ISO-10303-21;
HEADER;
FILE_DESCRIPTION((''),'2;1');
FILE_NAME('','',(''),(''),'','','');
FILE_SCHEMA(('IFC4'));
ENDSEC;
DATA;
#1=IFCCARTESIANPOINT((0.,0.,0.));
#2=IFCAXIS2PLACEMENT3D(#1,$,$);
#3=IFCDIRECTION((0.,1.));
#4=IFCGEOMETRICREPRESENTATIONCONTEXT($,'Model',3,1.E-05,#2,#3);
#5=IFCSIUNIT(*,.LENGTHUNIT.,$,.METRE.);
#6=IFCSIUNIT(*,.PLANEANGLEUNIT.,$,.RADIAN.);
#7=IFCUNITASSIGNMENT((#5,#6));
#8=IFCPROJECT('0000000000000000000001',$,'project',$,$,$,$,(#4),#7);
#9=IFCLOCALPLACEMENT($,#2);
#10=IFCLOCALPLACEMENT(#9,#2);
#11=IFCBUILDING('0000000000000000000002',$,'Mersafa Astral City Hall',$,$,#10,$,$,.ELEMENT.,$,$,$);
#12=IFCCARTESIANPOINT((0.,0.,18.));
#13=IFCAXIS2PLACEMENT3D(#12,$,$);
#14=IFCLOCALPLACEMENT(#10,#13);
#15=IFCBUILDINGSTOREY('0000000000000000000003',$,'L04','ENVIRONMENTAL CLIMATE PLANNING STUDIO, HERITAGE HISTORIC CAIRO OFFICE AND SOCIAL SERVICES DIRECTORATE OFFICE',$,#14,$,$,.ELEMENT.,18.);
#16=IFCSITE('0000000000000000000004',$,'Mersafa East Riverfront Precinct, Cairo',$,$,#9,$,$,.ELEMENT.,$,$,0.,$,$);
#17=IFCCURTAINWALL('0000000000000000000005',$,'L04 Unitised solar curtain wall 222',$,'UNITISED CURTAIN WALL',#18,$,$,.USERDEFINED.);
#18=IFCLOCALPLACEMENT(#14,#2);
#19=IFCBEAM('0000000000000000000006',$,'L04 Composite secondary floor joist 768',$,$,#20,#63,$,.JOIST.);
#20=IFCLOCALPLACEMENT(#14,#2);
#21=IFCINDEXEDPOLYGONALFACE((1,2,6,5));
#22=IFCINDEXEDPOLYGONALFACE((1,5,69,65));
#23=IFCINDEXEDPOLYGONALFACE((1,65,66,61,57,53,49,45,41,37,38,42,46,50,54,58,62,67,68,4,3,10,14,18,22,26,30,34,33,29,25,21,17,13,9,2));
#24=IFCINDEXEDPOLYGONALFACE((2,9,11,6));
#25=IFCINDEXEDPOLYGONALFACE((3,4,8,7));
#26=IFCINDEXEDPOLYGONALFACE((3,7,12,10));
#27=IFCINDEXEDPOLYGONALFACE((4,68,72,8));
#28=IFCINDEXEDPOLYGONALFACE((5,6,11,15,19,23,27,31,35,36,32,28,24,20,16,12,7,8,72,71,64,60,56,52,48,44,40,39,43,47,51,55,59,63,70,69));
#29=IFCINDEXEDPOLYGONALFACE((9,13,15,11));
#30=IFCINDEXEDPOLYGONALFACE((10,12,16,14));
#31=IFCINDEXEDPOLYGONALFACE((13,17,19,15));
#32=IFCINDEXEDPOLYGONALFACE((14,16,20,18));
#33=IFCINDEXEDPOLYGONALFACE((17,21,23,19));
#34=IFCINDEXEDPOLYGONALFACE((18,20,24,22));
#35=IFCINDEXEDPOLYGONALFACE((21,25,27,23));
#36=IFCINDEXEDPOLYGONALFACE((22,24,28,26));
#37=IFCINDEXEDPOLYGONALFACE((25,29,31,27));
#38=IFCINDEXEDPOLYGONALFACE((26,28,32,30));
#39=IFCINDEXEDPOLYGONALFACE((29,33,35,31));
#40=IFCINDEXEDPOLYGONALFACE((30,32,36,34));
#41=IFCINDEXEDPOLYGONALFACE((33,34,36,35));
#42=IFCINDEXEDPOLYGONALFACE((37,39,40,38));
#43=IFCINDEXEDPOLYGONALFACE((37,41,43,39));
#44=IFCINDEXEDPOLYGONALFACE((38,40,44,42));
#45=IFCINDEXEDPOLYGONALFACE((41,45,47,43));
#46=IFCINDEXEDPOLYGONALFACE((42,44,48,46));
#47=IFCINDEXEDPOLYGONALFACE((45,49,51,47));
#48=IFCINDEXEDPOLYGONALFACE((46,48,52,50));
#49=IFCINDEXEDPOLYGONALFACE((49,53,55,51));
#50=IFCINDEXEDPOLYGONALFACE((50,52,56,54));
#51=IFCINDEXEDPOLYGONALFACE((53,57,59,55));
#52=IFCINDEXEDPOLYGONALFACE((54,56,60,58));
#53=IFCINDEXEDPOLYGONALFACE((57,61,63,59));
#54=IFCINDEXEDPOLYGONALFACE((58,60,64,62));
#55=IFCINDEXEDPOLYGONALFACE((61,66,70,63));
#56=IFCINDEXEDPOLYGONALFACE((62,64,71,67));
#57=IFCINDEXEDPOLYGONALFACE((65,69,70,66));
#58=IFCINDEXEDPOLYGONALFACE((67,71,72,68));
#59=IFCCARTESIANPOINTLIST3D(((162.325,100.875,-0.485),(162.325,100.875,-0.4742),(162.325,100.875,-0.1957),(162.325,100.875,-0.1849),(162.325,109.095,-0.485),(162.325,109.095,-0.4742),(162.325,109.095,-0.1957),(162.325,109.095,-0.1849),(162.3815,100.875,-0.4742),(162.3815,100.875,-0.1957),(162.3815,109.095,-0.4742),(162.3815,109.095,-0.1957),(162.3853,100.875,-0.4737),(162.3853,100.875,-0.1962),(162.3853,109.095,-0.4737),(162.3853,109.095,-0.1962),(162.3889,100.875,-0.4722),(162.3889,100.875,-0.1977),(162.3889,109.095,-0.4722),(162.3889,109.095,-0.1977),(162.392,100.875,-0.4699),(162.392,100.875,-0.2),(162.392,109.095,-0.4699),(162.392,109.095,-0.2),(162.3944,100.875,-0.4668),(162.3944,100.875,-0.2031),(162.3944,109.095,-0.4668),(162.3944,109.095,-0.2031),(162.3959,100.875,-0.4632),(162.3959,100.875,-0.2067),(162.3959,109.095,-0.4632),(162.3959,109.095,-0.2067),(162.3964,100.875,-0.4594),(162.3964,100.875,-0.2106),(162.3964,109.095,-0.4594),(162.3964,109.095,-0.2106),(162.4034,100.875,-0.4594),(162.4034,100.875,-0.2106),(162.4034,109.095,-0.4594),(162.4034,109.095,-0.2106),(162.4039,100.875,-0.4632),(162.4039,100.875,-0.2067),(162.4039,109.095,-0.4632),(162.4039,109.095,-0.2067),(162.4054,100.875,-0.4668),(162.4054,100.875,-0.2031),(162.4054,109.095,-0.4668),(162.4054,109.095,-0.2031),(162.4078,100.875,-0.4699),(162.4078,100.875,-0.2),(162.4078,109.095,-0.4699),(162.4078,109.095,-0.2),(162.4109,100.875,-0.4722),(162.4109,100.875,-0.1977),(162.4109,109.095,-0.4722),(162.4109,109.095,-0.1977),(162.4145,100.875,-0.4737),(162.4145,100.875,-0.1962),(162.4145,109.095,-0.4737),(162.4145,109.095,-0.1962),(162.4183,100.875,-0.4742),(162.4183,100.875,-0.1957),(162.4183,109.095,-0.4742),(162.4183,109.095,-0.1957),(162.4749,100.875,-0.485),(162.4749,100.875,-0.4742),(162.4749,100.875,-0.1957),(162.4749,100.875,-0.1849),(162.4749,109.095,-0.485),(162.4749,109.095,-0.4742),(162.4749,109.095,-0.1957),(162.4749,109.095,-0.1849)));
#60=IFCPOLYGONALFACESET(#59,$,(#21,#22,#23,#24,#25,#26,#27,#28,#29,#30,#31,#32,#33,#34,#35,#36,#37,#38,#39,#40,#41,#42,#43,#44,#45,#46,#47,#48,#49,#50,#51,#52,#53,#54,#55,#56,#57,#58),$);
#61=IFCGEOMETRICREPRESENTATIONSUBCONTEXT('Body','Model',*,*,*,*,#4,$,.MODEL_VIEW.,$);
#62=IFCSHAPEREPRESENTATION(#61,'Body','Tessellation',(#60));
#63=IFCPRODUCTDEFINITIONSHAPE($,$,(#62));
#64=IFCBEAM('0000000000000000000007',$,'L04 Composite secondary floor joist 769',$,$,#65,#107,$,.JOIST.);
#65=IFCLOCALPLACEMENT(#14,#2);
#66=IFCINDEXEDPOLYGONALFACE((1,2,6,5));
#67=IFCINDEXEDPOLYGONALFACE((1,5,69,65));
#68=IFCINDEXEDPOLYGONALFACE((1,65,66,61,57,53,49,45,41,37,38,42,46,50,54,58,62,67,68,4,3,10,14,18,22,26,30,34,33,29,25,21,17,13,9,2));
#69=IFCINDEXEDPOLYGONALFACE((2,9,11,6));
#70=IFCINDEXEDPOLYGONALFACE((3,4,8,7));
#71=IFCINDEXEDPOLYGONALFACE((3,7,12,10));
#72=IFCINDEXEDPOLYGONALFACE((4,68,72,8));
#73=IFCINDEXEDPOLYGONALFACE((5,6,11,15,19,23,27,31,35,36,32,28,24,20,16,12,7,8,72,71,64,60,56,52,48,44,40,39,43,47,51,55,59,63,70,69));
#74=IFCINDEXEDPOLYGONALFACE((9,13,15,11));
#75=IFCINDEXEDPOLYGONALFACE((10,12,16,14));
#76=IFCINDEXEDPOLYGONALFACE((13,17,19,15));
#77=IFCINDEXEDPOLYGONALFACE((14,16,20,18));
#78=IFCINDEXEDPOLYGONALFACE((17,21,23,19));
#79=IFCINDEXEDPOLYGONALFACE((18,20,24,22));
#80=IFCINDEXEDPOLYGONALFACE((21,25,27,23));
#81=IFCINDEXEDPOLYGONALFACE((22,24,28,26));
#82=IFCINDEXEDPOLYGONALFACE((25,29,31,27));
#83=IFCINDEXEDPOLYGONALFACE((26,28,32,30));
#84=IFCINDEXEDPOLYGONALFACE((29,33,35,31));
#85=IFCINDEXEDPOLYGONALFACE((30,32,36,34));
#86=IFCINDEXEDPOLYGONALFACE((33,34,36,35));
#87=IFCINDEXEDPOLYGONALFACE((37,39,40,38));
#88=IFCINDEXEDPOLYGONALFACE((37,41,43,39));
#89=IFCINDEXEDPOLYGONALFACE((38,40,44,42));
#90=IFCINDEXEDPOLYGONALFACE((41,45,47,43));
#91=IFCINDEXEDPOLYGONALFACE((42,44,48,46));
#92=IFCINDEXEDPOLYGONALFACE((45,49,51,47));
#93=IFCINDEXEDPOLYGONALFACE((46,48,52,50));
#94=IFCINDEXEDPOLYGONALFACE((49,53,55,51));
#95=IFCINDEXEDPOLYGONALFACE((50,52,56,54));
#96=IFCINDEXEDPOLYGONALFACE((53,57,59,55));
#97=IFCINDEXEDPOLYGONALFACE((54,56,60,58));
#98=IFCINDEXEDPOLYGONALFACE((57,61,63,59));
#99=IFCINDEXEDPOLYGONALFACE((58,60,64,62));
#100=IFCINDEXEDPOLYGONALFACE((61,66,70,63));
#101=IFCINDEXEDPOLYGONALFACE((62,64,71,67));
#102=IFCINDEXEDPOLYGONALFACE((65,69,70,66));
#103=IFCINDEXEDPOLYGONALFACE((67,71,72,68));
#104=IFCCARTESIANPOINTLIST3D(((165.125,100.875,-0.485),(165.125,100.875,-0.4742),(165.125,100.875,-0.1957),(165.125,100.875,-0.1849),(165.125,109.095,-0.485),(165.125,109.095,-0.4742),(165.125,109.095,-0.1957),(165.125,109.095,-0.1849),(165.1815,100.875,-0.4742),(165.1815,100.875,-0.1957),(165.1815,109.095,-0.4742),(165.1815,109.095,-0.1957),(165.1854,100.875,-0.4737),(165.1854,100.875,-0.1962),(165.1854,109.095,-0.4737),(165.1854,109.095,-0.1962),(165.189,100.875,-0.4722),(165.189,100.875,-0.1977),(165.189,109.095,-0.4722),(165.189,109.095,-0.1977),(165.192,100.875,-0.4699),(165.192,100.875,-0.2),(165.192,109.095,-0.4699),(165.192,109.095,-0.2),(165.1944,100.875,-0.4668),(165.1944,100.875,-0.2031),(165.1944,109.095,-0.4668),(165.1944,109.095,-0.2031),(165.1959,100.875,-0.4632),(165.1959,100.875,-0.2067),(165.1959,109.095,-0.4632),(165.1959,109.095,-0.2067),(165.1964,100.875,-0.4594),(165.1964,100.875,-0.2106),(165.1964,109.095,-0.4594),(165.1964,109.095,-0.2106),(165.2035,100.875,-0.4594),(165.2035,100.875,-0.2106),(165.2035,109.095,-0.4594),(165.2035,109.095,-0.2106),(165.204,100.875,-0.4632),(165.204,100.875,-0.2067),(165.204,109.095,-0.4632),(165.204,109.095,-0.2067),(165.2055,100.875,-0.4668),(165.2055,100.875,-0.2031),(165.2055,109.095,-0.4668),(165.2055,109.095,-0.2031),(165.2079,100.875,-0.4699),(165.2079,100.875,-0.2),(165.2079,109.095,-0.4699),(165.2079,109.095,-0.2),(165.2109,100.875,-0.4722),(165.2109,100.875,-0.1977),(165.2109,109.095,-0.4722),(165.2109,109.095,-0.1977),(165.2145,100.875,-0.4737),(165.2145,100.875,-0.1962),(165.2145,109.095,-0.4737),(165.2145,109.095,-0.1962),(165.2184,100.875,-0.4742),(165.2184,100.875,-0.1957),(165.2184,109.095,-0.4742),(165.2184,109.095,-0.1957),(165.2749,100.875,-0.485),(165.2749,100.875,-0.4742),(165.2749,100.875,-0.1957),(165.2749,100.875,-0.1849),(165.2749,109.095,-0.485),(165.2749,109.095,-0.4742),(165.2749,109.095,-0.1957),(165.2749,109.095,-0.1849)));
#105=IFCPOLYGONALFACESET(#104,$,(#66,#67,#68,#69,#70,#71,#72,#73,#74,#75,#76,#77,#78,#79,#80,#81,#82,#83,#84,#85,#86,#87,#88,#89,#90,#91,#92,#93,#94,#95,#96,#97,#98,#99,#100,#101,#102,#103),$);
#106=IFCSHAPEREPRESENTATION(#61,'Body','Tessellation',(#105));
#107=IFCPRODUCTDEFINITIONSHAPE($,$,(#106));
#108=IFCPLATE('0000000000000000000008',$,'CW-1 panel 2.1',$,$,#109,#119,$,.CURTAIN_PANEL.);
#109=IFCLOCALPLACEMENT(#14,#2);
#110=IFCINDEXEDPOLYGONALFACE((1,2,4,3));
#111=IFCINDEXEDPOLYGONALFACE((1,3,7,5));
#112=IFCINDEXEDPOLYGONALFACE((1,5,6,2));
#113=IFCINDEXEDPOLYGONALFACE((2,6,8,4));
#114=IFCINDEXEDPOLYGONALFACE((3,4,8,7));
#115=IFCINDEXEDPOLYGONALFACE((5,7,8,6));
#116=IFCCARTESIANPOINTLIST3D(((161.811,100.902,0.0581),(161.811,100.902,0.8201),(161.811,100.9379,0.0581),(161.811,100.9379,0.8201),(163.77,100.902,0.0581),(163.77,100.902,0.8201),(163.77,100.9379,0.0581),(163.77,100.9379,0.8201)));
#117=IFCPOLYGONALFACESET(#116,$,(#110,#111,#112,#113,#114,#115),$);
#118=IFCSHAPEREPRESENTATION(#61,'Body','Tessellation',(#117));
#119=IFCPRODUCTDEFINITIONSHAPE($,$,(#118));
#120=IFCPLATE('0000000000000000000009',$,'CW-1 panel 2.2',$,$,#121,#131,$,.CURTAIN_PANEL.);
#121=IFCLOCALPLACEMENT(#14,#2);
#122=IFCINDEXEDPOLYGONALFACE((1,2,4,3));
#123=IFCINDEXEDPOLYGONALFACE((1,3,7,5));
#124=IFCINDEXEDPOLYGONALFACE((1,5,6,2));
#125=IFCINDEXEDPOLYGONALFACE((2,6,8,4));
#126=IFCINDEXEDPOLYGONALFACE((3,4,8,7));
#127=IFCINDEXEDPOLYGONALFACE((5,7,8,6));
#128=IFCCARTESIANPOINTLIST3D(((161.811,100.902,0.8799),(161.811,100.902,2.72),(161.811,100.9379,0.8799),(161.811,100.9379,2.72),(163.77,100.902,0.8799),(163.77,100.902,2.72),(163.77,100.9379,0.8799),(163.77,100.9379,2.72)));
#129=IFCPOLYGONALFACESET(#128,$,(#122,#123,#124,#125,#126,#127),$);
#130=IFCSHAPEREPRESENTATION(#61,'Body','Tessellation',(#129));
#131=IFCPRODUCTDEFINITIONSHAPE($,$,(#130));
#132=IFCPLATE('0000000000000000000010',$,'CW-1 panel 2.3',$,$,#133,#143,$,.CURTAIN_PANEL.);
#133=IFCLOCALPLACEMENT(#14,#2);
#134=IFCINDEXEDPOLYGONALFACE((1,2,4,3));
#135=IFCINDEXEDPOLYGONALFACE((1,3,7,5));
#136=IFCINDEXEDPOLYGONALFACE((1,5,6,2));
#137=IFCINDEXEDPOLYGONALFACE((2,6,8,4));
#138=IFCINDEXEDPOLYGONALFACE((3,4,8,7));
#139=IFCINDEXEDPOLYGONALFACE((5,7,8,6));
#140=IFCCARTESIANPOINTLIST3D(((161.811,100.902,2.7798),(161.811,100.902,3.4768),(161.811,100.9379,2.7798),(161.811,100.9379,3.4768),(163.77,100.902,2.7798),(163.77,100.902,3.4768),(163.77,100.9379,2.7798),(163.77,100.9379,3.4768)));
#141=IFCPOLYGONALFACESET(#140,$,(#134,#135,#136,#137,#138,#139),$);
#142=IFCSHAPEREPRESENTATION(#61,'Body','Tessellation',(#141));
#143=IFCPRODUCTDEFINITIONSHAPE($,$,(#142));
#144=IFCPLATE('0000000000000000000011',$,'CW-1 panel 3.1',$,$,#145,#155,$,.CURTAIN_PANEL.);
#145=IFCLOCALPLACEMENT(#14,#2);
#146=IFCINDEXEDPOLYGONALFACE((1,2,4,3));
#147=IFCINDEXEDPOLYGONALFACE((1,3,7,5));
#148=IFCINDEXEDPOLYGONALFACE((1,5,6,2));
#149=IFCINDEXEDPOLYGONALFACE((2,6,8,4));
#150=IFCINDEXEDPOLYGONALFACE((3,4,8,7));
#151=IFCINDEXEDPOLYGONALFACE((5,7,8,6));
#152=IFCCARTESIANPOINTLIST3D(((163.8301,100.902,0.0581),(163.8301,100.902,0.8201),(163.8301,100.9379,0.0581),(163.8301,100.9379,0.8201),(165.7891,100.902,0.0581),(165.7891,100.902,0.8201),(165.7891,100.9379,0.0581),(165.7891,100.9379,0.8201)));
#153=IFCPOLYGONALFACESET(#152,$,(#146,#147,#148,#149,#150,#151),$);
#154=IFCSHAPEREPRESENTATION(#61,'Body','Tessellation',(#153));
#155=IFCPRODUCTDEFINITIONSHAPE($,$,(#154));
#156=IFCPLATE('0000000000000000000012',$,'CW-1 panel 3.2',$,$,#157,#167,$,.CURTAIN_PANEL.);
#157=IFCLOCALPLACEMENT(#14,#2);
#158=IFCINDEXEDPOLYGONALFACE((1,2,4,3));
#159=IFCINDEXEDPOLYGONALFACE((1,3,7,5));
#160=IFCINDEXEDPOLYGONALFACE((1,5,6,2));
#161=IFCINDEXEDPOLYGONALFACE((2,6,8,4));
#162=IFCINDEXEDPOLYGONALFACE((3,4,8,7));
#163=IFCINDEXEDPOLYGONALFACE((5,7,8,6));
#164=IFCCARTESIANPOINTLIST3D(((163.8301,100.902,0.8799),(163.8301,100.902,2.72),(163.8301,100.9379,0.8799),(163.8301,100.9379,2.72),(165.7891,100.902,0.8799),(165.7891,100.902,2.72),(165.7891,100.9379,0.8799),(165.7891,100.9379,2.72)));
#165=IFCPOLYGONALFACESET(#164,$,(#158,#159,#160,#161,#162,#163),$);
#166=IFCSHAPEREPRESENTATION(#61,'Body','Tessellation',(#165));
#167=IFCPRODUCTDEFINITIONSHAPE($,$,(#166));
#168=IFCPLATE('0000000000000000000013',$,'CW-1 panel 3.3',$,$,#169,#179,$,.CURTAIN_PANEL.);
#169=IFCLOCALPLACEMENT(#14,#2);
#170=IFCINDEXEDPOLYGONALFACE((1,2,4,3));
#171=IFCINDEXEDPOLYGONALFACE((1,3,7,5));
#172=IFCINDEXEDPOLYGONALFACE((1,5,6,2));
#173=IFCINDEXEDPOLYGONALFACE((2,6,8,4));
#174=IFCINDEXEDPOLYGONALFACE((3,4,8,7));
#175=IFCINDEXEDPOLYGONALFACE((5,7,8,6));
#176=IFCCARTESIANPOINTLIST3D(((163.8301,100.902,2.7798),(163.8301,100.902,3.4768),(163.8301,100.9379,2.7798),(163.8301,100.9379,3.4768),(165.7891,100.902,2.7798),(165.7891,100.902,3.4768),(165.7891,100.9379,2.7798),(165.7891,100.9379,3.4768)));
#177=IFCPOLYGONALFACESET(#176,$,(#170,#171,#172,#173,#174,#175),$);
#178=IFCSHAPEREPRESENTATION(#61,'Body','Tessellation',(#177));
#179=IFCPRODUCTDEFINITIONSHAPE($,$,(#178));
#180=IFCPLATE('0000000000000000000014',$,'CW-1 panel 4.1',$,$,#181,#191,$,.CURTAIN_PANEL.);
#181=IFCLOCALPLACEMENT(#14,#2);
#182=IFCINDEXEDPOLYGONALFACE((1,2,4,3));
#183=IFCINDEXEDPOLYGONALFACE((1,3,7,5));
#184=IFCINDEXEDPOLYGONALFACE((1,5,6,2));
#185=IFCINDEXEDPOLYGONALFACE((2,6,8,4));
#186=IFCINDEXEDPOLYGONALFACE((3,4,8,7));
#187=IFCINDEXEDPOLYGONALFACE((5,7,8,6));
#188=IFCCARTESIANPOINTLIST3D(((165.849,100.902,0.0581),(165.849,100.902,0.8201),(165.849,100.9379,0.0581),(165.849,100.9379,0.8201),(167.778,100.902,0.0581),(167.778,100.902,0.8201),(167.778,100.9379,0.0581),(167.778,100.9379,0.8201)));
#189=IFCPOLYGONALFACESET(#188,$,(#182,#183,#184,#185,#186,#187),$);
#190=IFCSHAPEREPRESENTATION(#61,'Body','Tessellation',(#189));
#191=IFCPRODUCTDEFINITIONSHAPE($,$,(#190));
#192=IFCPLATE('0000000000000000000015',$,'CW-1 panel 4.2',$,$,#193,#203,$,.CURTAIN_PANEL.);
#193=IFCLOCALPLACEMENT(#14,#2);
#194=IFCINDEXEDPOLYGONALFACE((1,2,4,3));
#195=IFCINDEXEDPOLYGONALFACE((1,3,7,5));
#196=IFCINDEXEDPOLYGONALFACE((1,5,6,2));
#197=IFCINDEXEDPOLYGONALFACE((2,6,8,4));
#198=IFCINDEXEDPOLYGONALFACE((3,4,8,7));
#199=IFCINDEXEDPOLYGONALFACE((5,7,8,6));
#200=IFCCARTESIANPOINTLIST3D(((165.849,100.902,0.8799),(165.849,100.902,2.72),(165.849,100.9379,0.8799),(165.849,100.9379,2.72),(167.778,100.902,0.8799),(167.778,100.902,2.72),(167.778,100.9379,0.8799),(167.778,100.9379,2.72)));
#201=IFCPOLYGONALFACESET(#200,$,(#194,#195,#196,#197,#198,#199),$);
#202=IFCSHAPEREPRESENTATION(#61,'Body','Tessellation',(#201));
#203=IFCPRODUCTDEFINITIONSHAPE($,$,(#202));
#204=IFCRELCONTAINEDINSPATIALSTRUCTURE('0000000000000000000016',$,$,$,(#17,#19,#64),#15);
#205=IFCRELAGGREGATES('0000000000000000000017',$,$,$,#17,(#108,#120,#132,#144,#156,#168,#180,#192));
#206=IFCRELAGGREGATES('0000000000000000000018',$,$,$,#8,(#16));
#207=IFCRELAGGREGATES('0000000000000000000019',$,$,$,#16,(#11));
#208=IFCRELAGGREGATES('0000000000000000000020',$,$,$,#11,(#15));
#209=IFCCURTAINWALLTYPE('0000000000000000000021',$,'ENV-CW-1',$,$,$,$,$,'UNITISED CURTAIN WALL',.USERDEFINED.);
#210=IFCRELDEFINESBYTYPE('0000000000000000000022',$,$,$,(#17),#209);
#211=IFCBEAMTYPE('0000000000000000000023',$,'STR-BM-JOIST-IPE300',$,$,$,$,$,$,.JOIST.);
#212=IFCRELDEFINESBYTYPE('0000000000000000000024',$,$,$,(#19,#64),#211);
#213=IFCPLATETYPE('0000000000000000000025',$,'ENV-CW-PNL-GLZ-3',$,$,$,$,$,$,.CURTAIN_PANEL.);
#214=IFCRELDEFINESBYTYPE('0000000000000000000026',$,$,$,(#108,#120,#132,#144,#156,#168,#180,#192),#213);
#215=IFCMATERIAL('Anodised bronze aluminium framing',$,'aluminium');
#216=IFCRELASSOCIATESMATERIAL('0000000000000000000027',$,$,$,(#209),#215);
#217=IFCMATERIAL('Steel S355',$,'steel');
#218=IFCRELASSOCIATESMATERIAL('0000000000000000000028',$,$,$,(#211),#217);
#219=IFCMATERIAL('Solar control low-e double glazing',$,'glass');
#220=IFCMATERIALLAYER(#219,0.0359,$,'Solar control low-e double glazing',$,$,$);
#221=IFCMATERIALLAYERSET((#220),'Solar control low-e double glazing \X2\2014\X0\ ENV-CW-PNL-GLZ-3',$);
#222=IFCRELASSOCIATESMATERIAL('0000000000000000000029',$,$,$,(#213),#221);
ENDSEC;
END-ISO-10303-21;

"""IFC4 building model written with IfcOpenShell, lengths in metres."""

from ifc_helpers import new_model, si_unit, direction, frame, origin, origin_2d, place, context, subcontext, project, spatial, rectangle, i_section, extrude, material, layer, layer_set, material_profile, profile_set, type_object, element, aggregate, save


model = new_model("IFC4")

# Units and contexts
model_context = context("Model", 3, precision=1e-05, world=origin(), true_north=direction((0.0, 1.0)))
body_context = subcontext(model_context, "Body", "Model", "MODEL_VIEW")
ifc_project = project(units=[si_unit("LENGTHUNIT", "METRE"), si_unit("PLANEANGLEUNIT", "RADIAN")], contexts=[model_context])

# Site, building, storey
site_placement = place(None, origin())
site = spatial("IfcSite", under=ifc_project, at=site_placement, Name="Mersafa East Riverfront Precinct, Cairo", CompositionType="ELEMENT", RefElevation=0.0)
building_placement = place(site_placement, origin())
building = spatial("IfcBuilding", under=site, at=building_placement, Name="Mersafa Astral City Hall", CompositionType="ELEMENT")
storey_placement = place(building_placement, frame((0.0, 0.0, 18.0)))
storey = spatial("IfcBuildingStorey", under=building, at=storey_placement, Name="L04", Description="ENVIRONMENTAL CLIMATE PLANNING STUDIO, HERITAGE HISTORIC CAIRO OFFICE AND SOCIAL SERVICES DIRECTORATE OFFICE", CompositionType="ELEMENT", Elevation=18.0)

# Shared definitions
ifc_material_1 = material(Name="Anodised bronze aluminium framing", Category="aluminium")

# Curtain wall
curtain_wall_type_1 = type_object("IfcCurtainWallType", Name="ENV-CW-1", ElementType="UNITISED CURTAIN WALL", PredefinedType="USERDEFINED", material=ifc_material_1)
curtain_wall_1_placement = place(storey_placement, origin())
curtain_wall_1 = element("IfcCurtainWall", 1, at=curtain_wall_1_placement, inside=storey, type_object=curtain_wall_type_1, Name="L04 Unitised solar curtain wall 222", ObjectType="UNITISED CURTAIN WALL", PredefinedType="USERDEFINED")

# Beams
ifc_material_2 = material(Name="Steel S355", Category="steel")
ifc_material_profile_1 = material_profile(ifc_material_2, i_section(OverallWidth=0.1499, OverallDepth=0.3, WebThickness=0.0071, FlangeThickness=0.0107, FilletRadius=0.0149, at=origin_2d()), Name="IPE 300")
ifc_profile_set_1 = profile_set([ifc_material_profile_1], Name="Steel S355")
beam_type_1 = type_object("IfcBeamType", Name="STR-BM-JOIST-IPE300", PredefinedType="JOIST", material=ifc_profile_set_1)
for number, where, z_axis, x_axis, name in (
    (2, (162.3999, 100.875, -0.335), (0.0, 1.0, 0.0), (-1.0, 0.0, 0.0), "L04 Composite secondary floor joist 768"),
    (3, (165.2, 100.875, -0.335), (0.0, 1.0, 0.0), (-1.0, 0.0, 0.0), "L04 Composite secondary floor joist 769"),
):
    element("IfcBeam", number, at=place(storey_placement, frame(where, z_axis=z_axis, x_axis=x_axis)), inside=storey, type_object=beam_type_1, Name=name, PredefinedType="JOIST", context=body_context, shape_type="SweptSolid", body=[
        extrude(i_section(OverallWidth=0.1499, OverallDepth=0.3, WebThickness=0.0071, FlangeThickness=0.0107, FilletRadius=0.0149, at=origin_2d()), origin(), (0.0, 0.0, 1.0), 8.22),
    ])

# Plates
ifc_material_3 = material(Name="Solar control low-e double glazing", Category="glass")
ifc_layer_1 = layer(ifc_material_3, 0.0359, Name="Solar control low-e double glazing")
ifc_layer_set_1 = layer_set([ifc_layer_1], Name="Solar control low-e double glazing — ENV-CW-PNL-GLZ-3")
plate_type = type_object("IfcPlateType", Name="ENV-CW-PNL-GLZ-3", PredefinedType="CURTAIN_PANEL", material=ifc_layer_set_1)
plate_1_placement = place(storey_placement, frame((162.7905, 100.9199, 0.0581), z_axis=(0.0, 0.0, 1.0), x_axis=(1.0, 0.0, 0.0)))
plate_1 = element("IfcPlate", 4, at=plate_1_placement, type_object=plate_type, Name="CW-1 panel 2.1", PredefinedType="CURTAIN_PANEL", context=body_context, shape_type="SweptSolid", body=[
    extrude(rectangle(XDim=1.959, YDim=0.0359, at=origin_2d()), origin(), (0.0, 0.0, 1.0), 0.762),
])
plate_2_placement = place(storey_placement, frame((162.7905, 100.9199, 0.8799), z_axis=(0.0, 0.0, 1.0), x_axis=(1.0, 0.0, 0.0)))
plate_2 = element("IfcPlate", 5, at=plate_2_placement, type_object=plate_type, Name="CW-1 panel 2.2", PredefinedType="CURTAIN_PANEL", context=body_context, shape_type="SweptSolid", body=[
    extrude(rectangle(XDim=1.959, YDim=0.0359, at=origin_2d()), origin(), (0.0, 0.0, 1.0), 1.8401),
])
plate_3_placement = place(storey_placement, frame((162.7905, 100.9199, 2.7798), z_axis=(0.0, 0.0, 1.0), x_axis=(1.0, 0.0, 0.0)))
plate_3 = element("IfcPlate", 6, at=plate_3_placement, type_object=plate_type, Name="CW-1 panel 2.3", PredefinedType="CURTAIN_PANEL", context=body_context, shape_type="SweptSolid", body=[
    extrude(rectangle(XDim=1.959, YDim=0.0359, at=origin_2d()), origin(), (0.0, 0.0, 1.0), 0.697),
])
plate_4_placement = place(storey_placement, frame((164.8096, 100.9199, 0.0581), z_axis=(0.0, 0.0, 1.0), x_axis=(1.0, 0.0, 0.0)))
plate_4 = element("IfcPlate", 7, at=plate_4_placement, type_object=plate_type, Name="CW-1 panel 3.1", PredefinedType="CURTAIN_PANEL", context=body_context, shape_type="SweptSolid", body=[
    extrude(rectangle(XDim=1.959, YDim=0.0359, at=origin_2d()), origin(), (0.0, 0.0, 1.0), 0.762),
])
plate_5_placement = place(storey_placement, frame((164.8096, 100.9199, 0.8799), z_axis=(0.0, 0.0, 1.0), x_axis=(1.0, 0.0, 0.0)))
plate_5 = element("IfcPlate", 8, at=plate_5_placement, type_object=plate_type, Name="CW-1 panel 3.2", PredefinedType="CURTAIN_PANEL", context=body_context, shape_type="SweptSolid", body=[
    extrude(rectangle(XDim=1.959, YDim=0.0359, at=origin_2d()), origin(), (0.0, 0.0, 1.0), 1.8401),
])
plate_6_placement = place(storey_placement, frame((164.8096, 100.9199, 2.7798), z_axis=(0.0, 0.0, 1.0), x_axis=(1.0, 0.0, 0.0)))
plate_6 = element("IfcPlate", 9, at=plate_6_placement, type_object=plate_type, Name="CW-1 panel 3.3", PredefinedType="CURTAIN_PANEL", context=body_context, shape_type="SweptSolid", body=[
    extrude(rectangle(XDim=1.959, YDim=0.0359, at=origin_2d()), origin(), (0.0, 0.0, 1.0), 0.697),
])
plate_7_placement = place(storey_placement, frame((166.8135, 100.9199, 0.0581), z_axis=(0.0, 0.0, 1.0), x_axis=(1.0, 0.0, 0.0)))
plate_7 = element("IfcPlate", 10, at=plate_7_placement, type_object=plate_type, Name="CW-1 panel 4.1", PredefinedType="CURTAIN_PANEL", context=body_context, shape_type="SweptSolid", body=[
    extrude(rectangle(XDim=1.929, YDim=0.0359, at=origin_2d()), origin(), (0.0, 0.0, 1.0), 0.762),
])
plate_8_placement = place(storey_placement, frame((166.8135, 100.9199, 0.8799), z_axis=(0.0, 0.0, 1.0), x_axis=(1.0, 0.0, 0.0)))
plate_8 = element("IfcPlate", 11, at=plate_8_placement, type_object=plate_type, Name="CW-1 panel 4.2", PredefinedType="CURTAIN_PANEL", context=body_context, shape_type="SweptSolid", body=[
    extrude(rectangle(XDim=1.929, YDim=0.0359, at=origin_2d()), origin(), (0.0, 0.0, 1.0), 1.8401),
])
aggregate(curtain_wall_1, [plate_1, plate_2, plate_3, plate_4, plate_5, plate_6, plate_7, plate_8])

save(model, "model.ifc")
